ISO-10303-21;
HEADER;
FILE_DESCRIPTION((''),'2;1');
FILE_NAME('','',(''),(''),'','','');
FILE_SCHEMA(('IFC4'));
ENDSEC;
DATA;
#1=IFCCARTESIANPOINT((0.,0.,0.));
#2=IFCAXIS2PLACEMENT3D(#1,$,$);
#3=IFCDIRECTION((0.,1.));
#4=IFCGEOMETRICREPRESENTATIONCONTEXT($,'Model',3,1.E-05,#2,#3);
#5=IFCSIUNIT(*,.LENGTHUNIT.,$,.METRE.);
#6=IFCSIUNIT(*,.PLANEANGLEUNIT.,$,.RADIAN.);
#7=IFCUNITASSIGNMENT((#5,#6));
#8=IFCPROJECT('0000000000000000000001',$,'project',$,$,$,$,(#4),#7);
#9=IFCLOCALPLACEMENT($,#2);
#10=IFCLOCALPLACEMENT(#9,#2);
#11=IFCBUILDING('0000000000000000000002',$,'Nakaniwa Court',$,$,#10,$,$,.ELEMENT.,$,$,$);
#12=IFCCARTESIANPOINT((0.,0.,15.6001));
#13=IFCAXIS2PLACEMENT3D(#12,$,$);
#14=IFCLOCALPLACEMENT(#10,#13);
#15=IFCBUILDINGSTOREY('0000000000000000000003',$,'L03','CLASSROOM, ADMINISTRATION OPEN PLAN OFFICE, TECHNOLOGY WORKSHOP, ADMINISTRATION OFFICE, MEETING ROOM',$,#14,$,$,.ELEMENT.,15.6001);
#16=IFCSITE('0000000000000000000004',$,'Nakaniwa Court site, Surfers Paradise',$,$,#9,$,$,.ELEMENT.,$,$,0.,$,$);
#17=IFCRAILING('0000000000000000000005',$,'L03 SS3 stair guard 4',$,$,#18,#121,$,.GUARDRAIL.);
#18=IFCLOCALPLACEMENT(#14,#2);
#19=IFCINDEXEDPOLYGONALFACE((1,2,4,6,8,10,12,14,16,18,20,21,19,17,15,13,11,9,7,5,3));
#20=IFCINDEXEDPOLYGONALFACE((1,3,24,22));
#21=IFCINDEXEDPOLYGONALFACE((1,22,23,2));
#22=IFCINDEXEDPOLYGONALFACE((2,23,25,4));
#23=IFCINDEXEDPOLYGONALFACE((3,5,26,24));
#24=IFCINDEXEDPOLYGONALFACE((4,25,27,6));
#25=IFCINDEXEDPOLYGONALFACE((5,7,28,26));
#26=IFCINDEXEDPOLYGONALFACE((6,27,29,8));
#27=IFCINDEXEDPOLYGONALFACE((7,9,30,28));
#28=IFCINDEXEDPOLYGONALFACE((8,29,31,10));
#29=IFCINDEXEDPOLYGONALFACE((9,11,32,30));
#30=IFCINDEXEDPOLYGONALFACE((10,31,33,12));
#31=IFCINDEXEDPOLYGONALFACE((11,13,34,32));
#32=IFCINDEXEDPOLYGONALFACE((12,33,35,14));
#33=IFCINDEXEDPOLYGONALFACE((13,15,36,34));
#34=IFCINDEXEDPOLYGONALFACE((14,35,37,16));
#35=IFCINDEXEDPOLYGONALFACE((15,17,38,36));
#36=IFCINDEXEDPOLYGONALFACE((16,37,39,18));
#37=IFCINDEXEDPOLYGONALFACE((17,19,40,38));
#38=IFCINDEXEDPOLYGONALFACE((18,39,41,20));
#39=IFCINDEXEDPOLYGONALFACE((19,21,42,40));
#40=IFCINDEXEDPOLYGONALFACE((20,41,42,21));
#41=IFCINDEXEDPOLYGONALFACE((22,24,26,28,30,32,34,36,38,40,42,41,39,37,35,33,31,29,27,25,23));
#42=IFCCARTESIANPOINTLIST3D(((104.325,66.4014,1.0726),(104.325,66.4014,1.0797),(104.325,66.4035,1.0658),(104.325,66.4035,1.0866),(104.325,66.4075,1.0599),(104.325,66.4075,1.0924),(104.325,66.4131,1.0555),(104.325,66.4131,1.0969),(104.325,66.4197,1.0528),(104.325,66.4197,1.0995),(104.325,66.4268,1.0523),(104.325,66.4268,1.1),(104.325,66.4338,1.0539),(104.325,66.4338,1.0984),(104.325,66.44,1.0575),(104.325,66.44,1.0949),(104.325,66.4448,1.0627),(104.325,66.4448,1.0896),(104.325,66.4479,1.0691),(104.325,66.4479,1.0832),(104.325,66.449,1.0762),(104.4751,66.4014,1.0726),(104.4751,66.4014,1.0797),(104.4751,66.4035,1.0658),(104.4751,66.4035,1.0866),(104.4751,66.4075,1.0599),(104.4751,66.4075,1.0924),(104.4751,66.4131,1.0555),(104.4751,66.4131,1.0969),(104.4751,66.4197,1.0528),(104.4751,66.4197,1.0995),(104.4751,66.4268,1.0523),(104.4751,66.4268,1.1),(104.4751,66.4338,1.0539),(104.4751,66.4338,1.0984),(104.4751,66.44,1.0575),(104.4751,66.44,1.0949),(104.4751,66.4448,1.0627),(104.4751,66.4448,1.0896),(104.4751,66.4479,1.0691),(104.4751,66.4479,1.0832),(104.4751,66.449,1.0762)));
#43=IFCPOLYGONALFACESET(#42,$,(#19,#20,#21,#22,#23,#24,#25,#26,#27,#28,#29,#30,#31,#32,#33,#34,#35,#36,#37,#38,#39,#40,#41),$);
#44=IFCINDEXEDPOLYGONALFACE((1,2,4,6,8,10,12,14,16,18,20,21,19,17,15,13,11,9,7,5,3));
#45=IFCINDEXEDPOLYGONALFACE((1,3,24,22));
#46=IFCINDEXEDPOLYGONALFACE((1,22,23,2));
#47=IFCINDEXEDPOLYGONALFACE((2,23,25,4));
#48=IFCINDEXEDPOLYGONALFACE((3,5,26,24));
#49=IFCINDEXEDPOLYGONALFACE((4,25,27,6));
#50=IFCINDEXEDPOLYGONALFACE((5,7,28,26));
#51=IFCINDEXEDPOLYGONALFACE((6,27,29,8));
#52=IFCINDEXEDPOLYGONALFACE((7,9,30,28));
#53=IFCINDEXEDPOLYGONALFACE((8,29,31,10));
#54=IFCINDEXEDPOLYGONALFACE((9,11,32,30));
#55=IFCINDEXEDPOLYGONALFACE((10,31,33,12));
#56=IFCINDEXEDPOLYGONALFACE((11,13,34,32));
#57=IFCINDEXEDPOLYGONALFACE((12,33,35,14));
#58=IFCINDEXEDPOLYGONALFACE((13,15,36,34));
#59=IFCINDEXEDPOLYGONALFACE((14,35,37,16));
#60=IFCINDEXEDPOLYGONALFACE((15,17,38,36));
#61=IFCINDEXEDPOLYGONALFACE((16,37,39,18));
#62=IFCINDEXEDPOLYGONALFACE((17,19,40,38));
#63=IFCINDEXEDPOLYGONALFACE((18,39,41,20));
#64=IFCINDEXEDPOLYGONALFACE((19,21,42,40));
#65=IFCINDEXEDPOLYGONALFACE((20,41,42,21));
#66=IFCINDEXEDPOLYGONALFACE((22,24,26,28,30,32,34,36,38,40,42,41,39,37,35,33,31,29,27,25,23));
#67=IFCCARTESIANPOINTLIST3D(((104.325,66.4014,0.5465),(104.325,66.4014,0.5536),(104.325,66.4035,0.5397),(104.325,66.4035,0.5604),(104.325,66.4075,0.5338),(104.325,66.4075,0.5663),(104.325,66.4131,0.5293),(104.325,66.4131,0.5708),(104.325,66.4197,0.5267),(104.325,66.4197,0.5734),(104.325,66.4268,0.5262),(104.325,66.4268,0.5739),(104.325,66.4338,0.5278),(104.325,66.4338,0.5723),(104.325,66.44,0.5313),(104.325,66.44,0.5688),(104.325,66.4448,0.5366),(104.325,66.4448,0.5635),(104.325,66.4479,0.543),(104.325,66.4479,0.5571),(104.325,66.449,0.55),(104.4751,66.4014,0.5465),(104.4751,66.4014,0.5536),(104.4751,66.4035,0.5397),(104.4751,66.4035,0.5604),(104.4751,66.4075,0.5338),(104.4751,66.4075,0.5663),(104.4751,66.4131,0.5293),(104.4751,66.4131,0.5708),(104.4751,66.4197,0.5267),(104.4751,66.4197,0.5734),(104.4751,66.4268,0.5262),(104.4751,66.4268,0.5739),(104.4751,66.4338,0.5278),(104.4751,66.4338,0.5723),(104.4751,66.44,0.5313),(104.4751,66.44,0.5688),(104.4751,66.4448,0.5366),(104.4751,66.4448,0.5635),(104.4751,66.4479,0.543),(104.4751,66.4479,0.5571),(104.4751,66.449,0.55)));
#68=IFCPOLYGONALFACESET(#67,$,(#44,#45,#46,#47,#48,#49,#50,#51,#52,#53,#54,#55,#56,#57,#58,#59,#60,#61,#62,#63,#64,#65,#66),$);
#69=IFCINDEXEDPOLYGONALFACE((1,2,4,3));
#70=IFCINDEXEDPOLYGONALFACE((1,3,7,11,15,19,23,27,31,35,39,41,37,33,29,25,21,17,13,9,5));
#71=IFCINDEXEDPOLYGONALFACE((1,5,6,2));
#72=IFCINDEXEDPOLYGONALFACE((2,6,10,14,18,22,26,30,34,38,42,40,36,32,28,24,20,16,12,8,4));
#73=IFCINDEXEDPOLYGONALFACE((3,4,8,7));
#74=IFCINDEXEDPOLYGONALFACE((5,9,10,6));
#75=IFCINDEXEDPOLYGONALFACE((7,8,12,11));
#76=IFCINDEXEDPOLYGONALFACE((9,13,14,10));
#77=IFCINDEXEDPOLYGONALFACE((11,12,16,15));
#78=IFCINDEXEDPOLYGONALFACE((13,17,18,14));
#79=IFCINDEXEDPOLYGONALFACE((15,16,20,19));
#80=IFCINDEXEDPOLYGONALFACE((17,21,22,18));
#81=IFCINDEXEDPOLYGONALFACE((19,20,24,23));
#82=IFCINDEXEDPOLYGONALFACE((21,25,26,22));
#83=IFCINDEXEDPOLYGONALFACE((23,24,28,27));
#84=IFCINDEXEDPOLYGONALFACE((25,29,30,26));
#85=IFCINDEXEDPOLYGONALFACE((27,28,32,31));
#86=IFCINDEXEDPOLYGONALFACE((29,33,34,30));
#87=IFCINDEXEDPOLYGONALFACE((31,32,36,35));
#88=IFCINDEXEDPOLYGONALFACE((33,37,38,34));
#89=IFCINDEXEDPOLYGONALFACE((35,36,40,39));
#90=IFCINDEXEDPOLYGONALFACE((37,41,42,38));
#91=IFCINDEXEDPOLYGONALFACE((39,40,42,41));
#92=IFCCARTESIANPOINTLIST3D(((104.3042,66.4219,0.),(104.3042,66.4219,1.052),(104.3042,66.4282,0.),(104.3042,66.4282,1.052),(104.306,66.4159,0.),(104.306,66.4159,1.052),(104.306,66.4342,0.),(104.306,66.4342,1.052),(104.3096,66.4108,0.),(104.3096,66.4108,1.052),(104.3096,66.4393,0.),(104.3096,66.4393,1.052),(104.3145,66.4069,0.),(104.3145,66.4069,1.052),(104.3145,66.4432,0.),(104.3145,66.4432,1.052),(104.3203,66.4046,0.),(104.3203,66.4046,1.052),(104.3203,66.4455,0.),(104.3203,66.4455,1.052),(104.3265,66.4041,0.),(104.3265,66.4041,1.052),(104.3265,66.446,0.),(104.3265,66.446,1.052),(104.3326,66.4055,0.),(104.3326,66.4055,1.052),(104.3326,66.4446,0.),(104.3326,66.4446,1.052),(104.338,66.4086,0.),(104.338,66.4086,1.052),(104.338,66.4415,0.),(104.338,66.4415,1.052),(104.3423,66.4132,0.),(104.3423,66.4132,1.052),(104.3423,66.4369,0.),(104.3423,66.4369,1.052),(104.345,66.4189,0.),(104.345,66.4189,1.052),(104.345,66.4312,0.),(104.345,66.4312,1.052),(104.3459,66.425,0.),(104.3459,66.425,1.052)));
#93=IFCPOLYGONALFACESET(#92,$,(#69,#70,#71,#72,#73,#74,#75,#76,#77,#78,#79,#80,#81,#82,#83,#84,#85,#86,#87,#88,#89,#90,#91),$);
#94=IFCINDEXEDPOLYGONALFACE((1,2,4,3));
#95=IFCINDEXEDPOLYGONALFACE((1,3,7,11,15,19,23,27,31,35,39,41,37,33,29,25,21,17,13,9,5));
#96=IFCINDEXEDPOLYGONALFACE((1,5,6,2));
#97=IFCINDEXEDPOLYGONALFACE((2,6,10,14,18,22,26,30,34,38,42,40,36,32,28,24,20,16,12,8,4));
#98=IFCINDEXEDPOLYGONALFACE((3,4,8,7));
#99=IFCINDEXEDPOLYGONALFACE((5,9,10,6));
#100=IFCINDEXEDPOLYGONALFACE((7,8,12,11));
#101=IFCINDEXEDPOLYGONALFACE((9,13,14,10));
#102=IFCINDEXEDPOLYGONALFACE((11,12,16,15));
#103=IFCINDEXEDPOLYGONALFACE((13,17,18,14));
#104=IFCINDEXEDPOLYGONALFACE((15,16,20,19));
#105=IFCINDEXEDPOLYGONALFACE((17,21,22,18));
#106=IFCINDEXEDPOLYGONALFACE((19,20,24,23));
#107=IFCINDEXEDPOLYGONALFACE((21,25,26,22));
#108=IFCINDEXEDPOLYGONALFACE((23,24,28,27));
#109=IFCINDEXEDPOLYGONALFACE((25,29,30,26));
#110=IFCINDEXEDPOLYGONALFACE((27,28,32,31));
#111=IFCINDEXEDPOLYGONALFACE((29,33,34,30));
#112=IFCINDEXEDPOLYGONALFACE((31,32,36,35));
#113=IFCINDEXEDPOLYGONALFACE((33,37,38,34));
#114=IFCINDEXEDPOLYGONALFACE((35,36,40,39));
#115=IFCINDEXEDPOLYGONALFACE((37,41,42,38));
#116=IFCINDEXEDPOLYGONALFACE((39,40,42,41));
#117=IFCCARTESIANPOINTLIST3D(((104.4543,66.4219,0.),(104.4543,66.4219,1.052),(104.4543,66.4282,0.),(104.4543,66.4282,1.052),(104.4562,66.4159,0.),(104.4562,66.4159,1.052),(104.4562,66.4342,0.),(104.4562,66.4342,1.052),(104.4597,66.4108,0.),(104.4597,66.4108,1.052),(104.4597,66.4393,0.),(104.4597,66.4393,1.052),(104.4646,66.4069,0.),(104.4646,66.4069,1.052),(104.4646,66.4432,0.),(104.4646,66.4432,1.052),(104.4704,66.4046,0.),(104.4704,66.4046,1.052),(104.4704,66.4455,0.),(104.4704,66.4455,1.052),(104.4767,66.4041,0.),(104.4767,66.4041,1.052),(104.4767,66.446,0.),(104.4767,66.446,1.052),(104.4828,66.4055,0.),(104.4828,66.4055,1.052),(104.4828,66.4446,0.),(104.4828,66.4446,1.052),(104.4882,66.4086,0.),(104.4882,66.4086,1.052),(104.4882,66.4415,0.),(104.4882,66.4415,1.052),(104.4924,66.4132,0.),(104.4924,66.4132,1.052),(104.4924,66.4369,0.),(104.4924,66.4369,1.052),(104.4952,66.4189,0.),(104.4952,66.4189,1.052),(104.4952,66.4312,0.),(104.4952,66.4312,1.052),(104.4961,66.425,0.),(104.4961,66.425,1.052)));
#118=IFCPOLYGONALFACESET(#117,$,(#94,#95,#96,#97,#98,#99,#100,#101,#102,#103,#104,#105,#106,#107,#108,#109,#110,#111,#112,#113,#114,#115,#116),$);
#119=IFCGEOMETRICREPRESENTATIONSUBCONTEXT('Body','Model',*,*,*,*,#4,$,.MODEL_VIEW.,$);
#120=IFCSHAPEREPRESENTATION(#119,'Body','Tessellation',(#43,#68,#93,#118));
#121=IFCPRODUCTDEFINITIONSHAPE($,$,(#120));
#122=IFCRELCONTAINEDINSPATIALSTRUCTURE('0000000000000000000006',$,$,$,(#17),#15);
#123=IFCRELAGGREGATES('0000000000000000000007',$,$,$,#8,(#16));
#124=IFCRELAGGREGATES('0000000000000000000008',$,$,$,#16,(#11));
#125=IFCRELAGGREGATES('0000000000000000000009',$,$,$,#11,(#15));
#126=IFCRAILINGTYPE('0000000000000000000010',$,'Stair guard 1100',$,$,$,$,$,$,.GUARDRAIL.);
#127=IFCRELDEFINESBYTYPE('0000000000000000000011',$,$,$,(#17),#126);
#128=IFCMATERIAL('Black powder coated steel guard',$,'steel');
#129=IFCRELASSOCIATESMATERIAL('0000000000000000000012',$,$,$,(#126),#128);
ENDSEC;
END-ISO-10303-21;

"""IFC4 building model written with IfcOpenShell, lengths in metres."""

from ifc_helpers import new_model, si_unit, direction, frame, origin, origin_2d, place, context, subcontext, project, spatial, circle, extrude, material, type_object, element, save


model = new_model("IFC4")

# Units and contexts
model_context = context("Model", 3, precision=1e-05, world=origin(), true_north=direction((0.0, 1.0)))
body_context = subcontext(model_context, "Body", "Model", "MODEL_VIEW")
ifc_project = project(units=[si_unit("LENGTHUNIT", "METRE"), si_unit("PLANEANGLEUNIT", "RADIAN")], contexts=[model_context])

# Site, building, storey
site_placement = place(None, origin())
site = spatial("IfcSite", under=ifc_project, at=site_placement, Name="Nakaniwa Court site, Surfers Paradise", CompositionType="ELEMENT", RefElevation=0.0)
building_placement = place(site_placement, origin())
building = spatial("IfcBuilding", under=site, at=building_placement, Name="Nakaniwa Court", CompositionType="ELEMENT")
storey_placement = place(building_placement, frame((0.0, 0.0, 15.6001)))
storey = spatial("IfcBuildingStorey", under=building, at=storey_placement, Name="L03", Description="CLASSROOM, ADMINISTRATION OPEN PLAN OFFICE, TECHNOLOGY WORKSHOP, ADMINISTRATION OFFICE, MEETING ROOM", CompositionType="ELEMENT", Elevation=15.6001)

# Railing
ifc_material_1 = material(Name="Black powder coated steel guard", Category="steel")
railing_type_1 = type_object("IfcRailingType", Name="Stair guard 1100", PredefinedType="GUARDRAIL", material=ifc_material_1)
railing_1_placement = place(storey_placement, frame((104.325, 66.425, 0.0)))
element("IfcRailing", 1, at=railing_1_placement, inside=storey, type_object=railing_type_1, Name="L03 SS3 stair guard 4", PredefinedType="GUARDRAIL", context=body_context, shape_type="SweptSolid", body=[
    extrude(circle(Radius=0.0239, at=origin_2d()), frame((0.0, 0.0, 1.0762), z_axis=(1.0, 0.0, 0.0), x_axis=(0.0, 1.0, 0.0)), (0.0, 0.0, 1.0), 0.1501),
    extrude(circle(Radius=0.0239, at=origin_2d()), frame((0.0, 0.0, 0.55), z_axis=(1.0, 0.0, 0.0), x_axis=(0.0, 1.0, 0.0)), (0.0, 0.0, 1.0), 0.1501),
    extrude(circle(Radius=0.021, at=origin_2d()), origin(), (0.0, 0.0, 1.0), 1.052),
    extrude(circle(Radius=0.021, at=origin_2d()), frame((0.1501, 0.0, 0.0)), (0.0, 0.0, 1.0), 1.052),
])

save(model, "model.ifc")
